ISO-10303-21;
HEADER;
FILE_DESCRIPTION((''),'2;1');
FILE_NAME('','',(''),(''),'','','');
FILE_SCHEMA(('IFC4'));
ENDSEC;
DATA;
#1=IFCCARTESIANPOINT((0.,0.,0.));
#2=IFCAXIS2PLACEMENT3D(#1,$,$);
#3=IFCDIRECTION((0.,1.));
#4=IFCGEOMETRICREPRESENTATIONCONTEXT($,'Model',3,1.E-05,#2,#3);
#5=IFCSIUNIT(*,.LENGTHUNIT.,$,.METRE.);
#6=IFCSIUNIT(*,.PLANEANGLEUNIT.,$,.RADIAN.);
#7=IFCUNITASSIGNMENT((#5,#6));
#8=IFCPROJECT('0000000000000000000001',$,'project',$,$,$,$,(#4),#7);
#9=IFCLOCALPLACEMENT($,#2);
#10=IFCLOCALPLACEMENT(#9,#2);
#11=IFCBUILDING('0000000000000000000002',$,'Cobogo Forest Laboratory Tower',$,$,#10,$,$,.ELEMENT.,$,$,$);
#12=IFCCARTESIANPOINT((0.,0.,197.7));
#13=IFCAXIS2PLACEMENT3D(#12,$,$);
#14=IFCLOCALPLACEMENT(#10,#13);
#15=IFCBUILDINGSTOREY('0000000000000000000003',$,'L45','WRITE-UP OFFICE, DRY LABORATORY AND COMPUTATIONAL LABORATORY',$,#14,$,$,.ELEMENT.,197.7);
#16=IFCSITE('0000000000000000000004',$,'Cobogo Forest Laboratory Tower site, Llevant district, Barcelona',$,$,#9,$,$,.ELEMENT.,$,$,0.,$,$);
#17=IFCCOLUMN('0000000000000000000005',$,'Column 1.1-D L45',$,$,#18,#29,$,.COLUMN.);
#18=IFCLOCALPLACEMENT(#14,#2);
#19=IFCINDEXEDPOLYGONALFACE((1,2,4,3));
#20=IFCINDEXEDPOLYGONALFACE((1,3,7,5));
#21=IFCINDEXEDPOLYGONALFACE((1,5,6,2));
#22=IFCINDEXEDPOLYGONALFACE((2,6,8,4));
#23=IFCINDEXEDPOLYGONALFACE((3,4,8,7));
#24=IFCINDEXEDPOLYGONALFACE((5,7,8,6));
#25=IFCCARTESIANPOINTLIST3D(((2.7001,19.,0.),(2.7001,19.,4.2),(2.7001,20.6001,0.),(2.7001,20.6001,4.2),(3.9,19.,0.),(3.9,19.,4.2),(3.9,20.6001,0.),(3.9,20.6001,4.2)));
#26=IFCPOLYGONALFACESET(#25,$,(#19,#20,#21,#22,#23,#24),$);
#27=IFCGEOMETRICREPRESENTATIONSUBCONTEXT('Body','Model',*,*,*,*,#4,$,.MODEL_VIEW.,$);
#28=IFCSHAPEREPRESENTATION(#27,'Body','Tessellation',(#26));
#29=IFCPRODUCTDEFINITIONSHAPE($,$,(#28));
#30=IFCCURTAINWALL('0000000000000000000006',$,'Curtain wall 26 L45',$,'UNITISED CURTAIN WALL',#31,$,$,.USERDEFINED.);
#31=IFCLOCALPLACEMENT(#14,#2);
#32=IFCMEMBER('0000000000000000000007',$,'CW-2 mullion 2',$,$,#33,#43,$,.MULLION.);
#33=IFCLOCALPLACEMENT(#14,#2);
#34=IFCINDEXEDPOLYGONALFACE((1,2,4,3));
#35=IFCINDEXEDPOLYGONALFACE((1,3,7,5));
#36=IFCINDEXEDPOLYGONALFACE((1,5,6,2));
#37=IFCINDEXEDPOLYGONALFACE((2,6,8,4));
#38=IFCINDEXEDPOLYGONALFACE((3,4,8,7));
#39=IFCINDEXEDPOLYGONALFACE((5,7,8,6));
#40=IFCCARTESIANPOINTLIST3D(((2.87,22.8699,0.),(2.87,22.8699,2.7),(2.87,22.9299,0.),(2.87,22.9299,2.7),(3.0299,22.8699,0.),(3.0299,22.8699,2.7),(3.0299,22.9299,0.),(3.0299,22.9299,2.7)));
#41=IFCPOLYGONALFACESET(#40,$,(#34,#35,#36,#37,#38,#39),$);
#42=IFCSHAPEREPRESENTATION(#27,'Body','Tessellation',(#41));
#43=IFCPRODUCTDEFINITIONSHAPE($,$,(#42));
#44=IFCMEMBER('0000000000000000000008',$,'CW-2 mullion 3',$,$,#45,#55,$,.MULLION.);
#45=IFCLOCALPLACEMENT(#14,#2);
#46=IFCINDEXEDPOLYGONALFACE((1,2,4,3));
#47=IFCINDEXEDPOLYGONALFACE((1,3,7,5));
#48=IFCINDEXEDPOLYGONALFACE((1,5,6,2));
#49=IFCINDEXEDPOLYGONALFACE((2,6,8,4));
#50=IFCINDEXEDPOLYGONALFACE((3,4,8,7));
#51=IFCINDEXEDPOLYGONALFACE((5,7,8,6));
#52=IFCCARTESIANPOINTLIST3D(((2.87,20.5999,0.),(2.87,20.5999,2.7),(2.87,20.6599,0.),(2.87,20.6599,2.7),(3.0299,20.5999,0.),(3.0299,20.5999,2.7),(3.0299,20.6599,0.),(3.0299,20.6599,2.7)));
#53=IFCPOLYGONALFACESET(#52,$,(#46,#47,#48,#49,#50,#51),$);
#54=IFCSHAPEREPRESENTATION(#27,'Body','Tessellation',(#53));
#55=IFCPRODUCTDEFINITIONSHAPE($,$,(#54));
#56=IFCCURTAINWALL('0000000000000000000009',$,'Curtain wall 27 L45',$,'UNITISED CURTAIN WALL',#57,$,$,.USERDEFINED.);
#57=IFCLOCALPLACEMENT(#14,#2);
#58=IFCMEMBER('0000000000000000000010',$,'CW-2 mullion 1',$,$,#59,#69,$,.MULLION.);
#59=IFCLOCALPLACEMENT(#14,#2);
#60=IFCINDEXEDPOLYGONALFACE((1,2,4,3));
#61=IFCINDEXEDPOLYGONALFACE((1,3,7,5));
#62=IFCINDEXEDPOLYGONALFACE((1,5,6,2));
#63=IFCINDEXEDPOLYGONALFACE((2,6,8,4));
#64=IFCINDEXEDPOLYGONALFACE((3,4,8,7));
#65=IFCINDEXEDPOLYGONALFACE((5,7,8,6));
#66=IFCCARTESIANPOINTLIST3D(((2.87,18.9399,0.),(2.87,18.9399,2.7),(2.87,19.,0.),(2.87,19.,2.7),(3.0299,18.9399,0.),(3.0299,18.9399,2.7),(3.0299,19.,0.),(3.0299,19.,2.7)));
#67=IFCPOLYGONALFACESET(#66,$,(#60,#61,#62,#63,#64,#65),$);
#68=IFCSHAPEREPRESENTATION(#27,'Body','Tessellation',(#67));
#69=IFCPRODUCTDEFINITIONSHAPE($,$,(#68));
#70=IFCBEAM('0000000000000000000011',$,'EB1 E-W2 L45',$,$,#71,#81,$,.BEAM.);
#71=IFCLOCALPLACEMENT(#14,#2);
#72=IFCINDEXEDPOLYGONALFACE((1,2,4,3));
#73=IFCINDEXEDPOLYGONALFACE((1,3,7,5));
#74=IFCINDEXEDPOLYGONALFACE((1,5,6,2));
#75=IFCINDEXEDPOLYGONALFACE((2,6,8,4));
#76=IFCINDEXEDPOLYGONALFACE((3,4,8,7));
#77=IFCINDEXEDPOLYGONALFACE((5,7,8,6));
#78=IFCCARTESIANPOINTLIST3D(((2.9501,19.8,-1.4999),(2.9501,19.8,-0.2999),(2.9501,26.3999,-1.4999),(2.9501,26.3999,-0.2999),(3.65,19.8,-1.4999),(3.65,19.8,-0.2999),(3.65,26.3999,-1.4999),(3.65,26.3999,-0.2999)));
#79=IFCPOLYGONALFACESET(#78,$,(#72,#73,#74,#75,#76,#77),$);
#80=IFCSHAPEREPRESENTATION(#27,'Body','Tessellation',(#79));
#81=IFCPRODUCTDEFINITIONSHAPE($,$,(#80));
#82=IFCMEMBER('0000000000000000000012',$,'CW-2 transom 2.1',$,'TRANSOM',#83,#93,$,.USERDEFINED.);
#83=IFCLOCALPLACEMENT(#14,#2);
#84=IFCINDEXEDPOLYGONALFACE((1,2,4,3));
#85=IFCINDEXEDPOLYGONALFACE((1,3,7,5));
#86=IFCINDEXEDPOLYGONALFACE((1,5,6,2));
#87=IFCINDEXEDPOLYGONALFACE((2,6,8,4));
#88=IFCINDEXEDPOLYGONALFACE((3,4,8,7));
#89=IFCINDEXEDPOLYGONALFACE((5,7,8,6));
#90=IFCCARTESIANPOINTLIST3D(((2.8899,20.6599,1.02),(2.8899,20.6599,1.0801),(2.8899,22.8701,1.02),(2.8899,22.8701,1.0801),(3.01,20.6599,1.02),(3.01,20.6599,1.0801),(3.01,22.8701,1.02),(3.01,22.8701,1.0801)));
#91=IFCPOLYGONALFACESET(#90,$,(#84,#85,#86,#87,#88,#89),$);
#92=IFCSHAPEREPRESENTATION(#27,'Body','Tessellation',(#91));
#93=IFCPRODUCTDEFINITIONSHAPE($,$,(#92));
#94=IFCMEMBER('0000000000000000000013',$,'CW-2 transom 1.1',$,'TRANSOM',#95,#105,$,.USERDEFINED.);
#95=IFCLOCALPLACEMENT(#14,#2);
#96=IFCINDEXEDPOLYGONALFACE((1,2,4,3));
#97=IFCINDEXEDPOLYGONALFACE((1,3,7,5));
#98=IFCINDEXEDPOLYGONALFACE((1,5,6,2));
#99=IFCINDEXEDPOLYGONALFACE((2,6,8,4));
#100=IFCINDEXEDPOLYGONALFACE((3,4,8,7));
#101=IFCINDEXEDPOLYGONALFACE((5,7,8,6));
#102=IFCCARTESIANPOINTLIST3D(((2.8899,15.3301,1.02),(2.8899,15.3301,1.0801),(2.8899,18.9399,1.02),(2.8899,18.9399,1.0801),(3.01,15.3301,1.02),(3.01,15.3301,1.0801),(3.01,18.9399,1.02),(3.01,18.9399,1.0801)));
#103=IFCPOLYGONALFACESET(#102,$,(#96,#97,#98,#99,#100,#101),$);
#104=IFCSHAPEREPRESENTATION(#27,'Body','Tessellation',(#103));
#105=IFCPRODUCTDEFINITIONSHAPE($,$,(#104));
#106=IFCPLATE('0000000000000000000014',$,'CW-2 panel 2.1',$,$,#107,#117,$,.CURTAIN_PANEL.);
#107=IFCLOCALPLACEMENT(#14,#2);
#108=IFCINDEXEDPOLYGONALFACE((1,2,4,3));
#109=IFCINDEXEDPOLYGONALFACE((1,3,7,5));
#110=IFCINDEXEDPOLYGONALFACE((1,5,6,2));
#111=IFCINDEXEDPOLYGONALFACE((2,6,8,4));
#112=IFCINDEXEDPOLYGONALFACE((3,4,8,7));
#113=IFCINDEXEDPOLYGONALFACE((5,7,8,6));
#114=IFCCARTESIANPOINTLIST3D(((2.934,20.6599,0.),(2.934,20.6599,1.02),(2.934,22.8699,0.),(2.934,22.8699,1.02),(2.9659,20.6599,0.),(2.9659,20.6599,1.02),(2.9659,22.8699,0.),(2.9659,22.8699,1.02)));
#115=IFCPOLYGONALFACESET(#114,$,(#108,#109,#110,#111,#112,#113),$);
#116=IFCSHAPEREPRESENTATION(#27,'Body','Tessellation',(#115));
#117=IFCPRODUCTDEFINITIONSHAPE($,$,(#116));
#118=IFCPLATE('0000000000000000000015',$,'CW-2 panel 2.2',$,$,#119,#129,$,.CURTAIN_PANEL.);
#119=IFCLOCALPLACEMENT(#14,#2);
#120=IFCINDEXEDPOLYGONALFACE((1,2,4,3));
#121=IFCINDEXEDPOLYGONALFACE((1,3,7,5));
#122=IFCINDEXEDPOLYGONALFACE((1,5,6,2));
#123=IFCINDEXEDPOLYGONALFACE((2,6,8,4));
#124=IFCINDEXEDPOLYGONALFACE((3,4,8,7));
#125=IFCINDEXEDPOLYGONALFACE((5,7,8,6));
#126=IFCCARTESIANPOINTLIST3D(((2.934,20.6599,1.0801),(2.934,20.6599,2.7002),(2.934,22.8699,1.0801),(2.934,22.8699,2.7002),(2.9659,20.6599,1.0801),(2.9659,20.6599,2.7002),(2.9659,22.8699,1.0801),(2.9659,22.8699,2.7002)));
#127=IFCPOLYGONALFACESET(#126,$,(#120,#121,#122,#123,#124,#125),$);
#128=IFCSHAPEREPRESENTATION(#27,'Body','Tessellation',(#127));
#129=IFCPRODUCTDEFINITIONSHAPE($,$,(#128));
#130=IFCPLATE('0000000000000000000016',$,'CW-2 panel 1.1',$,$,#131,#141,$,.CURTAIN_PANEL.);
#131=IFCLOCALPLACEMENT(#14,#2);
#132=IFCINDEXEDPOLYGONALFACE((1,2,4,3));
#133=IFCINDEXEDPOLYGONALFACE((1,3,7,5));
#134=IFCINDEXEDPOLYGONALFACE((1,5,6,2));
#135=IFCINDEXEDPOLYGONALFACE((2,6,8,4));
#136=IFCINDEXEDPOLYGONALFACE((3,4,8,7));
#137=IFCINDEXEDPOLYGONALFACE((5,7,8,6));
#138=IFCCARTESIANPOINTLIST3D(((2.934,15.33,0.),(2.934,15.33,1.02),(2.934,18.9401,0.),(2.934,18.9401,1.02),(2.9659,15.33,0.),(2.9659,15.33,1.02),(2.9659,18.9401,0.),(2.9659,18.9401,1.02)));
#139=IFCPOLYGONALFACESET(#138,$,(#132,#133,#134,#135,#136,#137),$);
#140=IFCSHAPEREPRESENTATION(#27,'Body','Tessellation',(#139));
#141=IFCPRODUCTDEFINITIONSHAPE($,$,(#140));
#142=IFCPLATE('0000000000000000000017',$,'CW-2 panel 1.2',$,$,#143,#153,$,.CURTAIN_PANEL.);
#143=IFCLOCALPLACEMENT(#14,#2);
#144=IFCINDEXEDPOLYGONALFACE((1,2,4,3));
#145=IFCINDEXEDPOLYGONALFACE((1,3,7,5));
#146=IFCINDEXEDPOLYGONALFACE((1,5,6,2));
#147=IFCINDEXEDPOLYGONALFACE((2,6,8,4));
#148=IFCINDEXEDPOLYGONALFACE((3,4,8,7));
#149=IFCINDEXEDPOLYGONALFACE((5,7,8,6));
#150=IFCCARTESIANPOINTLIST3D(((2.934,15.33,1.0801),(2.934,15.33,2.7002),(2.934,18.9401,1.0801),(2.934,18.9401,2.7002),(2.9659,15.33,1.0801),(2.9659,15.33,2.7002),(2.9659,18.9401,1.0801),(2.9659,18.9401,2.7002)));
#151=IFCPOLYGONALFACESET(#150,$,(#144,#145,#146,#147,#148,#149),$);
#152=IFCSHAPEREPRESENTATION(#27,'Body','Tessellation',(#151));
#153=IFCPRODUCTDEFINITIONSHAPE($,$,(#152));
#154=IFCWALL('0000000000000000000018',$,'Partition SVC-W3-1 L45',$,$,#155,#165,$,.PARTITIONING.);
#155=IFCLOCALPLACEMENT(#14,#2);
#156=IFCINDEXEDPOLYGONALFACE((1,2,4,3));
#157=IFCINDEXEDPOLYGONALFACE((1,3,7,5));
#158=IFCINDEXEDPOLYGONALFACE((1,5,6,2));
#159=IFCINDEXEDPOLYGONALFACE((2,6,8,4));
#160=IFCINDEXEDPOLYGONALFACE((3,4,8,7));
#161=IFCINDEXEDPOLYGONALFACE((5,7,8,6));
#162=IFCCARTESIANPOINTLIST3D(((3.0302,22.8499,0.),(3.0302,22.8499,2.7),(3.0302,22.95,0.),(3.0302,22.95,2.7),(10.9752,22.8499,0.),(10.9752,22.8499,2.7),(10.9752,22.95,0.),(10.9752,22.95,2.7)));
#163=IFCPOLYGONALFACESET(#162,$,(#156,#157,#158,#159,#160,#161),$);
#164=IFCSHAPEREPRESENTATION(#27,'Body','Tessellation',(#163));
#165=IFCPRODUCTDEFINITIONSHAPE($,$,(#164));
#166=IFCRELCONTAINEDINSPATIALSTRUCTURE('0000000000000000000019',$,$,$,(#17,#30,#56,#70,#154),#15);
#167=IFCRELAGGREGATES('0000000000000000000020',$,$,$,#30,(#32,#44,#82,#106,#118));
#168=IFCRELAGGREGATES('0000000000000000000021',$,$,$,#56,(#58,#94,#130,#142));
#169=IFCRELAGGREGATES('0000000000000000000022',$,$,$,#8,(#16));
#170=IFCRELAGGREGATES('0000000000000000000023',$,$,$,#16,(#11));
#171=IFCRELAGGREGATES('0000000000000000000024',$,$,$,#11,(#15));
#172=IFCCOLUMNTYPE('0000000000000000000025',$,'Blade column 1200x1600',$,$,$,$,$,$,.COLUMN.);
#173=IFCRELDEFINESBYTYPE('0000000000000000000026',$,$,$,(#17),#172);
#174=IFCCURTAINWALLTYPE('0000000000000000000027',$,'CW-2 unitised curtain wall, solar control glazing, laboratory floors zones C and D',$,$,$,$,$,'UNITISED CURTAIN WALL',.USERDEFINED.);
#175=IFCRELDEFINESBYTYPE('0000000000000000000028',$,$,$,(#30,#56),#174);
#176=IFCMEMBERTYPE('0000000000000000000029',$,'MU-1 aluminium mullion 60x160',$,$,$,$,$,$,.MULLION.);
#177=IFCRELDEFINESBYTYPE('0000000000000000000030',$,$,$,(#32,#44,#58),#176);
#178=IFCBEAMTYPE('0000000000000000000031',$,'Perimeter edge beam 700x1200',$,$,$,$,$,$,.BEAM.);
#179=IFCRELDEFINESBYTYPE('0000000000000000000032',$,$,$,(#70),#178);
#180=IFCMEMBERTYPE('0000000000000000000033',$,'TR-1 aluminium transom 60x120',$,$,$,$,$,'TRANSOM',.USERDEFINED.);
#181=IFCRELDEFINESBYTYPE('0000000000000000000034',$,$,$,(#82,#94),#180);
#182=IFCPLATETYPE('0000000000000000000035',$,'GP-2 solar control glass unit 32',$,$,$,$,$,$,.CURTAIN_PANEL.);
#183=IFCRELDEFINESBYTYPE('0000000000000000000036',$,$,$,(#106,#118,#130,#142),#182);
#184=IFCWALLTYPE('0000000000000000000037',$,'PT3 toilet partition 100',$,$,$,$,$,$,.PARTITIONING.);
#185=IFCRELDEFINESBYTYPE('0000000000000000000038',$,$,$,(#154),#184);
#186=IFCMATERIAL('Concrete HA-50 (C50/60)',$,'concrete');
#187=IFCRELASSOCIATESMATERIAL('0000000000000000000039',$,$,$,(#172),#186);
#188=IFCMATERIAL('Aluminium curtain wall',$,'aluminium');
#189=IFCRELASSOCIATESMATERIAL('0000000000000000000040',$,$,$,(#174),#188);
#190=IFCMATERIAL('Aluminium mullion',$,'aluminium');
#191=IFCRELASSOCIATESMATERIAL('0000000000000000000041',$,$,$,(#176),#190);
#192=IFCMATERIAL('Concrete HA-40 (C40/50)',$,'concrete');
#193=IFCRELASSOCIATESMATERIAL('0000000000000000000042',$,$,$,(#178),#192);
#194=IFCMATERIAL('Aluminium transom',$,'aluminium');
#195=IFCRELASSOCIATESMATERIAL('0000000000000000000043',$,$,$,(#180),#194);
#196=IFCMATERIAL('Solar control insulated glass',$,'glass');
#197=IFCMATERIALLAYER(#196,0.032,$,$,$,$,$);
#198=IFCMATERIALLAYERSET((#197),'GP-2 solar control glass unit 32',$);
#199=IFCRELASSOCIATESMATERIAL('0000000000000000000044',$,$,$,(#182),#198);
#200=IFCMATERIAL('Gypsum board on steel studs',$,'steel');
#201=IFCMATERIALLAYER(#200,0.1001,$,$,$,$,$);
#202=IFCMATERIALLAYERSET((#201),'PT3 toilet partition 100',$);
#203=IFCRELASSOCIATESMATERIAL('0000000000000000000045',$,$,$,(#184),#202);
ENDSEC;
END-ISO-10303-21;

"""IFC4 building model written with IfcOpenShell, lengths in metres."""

from ifc_helpers import new_model, si_unit, direction, frame, frame_2d, origin, origin_2d, place, context, subcontext, project, spatial, rectangle, extrude, material, layer, layer_set, material_profile, profile_set, type_object, element, aggregate, save


model = new_model("IFC4")

# Units and contexts
model_context = context("Model", 3, precision=1e-05, world=origin(), true_north=direction((0.0, 1.0)))
body_context = subcontext(model_context, "Body", "Model", "MODEL_VIEW")
ifc_project = project(units=[si_unit("LENGTHUNIT", "METRE"), si_unit("PLANEANGLEUNIT", "RADIAN")], contexts=[model_context])

# Site, building, storey
site_placement = place(None, origin())
site = spatial("IfcSite", under=ifc_project, at=site_placement, Name="Cobogo Forest Laboratory Tower site, Llevant district, Barcelona", CompositionType="ELEMENT", RefElevation=0.0)
building_placement = place(site_placement, origin())
building = spatial("IfcBuilding", under=site, at=building_placement, Name="Cobogo Forest Laboratory Tower", CompositionType="ELEMENT")
storey_placement = place(building_placement, frame((0.0, 0.0, 197.7)))
storey = spatial("IfcBuildingStorey", under=building, at=storey_placement, Name="L45", Description="WRITE-UP OFFICE, DRY LABORATORY AND COMPUTATIONAL LABORATORY", CompositionType="ELEMENT", Elevation=197.7)

# Column
ifc_material_1 = material(Name="Concrete HA-50 (C50/60)", Category="concrete")
ifc_material_profile_1 = material_profile(ifc_material_1, rectangle(XDim=1.6001, YDim=1.2, at=origin_2d()), Name="RC 1200x1600")
ifc_profile_set_1 = profile_set([ifc_material_profile_1], Name="Concrete HA-50 (C50/60)")
column_type = type_object("IfcColumnType", Name="Blade column 1200x1600", PredefinedType="COLUMN", material=ifc_profile_set_1)
column_placement = place(storey_placement, frame((3.3, 19.8, 0.0), z_axis=(0.0, 0.0, 1.0), x_axis=(0.0, 1.0, 0.0)))
element("IfcColumn", 1, at=column_placement, inside=storey, type_object=column_type, Name="Column 1.1-D L45", PredefinedType="COLUMN", context=body_context, shape_type="SweptSolid", body=[
    extrude(rectangle(XDim=1.6001, YDim=1.2, at=origin_2d()), origin(), (0.0, 0.0, 1.0), 4.2),
])

# Curtain wall, members
ifc_material_2 = material(Name="Aluminium curtain wall", Category="aluminium")
curtain_wall_type = type_object("IfcCurtainWallType", Name="CW-2 unitised curtain wall, solar control glazing, laboratory floors zones C and D", ElementType="UNITISED CURTAIN WALL", PredefinedType="USERDEFINED", material=ifc_material_2)
curtain_wall_1_placement = place(storey_placement, origin())
curtain_wall_1 = element("IfcCurtainWall", 2, at=curtain_wall_1_placement, inside=storey, type_object=curtain_wall_type, Name="Curtain wall 26 L45", ObjectType="UNITISED CURTAIN WALL", PredefinedType="USERDEFINED")
ifc_material_3 = material(Name="Aluminium mullion", Category="aluminium")
ifc_material_profile_2 = material_profile(ifc_material_3, rectangle(XDim=0.0601, YDim=0.1599, at=origin_2d()), Name="AL 60x160")
ifc_profile_set_2 = profile_set([ifc_material_profile_2], Name="Aluminium mullion")
member_type_1 = type_object("IfcMemberType", Name="MU-1 aluminium mullion 60x160", PredefinedType="MULLION", material=ifc_profile_set_2)
member_1_placement = place(storey_placement, frame((2.95, 22.8999, 0.0), z_axis=(0.0, 0.0, 1.0), x_axis=(0.0, -1.0, 0.0)))
member_1 = element("IfcMember", 3, at=member_1_placement, type_object=member_type_1, Name="CW-2 mullion 2", PredefinedType="MULLION", context=body_context, shape_type="SweptSolid", body=[
    extrude(rectangle(XDim=0.0601, YDim=0.1599, at=origin_2d()), origin(), (0.0, 0.0, 1.0), 2.7),
])
member_2_placement = place(storey_placement, frame((2.95, 20.6299, 0.0), z_axis=(0.0, 0.0, 1.0), x_axis=(0.0, -1.0, 0.0)))
member_2 = element("IfcMember", 4, at=member_2_placement, type_object=member_type_1, Name="CW-2 mullion 3", PredefinedType="MULLION", context=body_context, shape_type="SweptSolid", body=[
    extrude(rectangle(XDim=0.0601, YDim=0.1599, at=origin_2d()), origin(), (0.0, 0.0, 1.0), 2.7),
])

# Curtain wall, member
curtain_wall_2_placement = place(storey_placement, origin())
curtain_wall_2 = element("IfcCurtainWall", 5, at=curtain_wall_2_placement, inside=storey, type_object=curtain_wall_type, Name="Curtain wall 27 L45", ObjectType="UNITISED CURTAIN WALL", PredefinedType="USERDEFINED")
member_3_placement = place(storey_placement, frame((2.95, 18.97, 0.0), z_axis=(0.0, 0.0, 1.0), x_axis=(0.0, -1.0, 0.0)))
member_3 = element("IfcMember", 6, at=member_3_placement, type_object=member_type_1, Name="CW-2 mullion 1", PredefinedType="MULLION", context=body_context, shape_type="SweptSolid", body=[
    extrude(rectangle(XDim=0.0601, YDim=0.1599, at=origin_2d()), origin(), (0.0, 0.0, 1.0), 2.7),
])

# Beam
ifc_material_4 = material(Name="Concrete HA-40 (C40/50)", Category="concrete")
ifc_material_profile_3 = material_profile(ifc_material_4, rectangle(XDim=0.7, YDim=1.2, at=origin_2d()), Name="RC 700x1200")
ifc_profile_set_3 = profile_set([ifc_material_profile_3], Name="Concrete HA-40 (C40/50)")
beam_type = type_object("IfcBeamType", Name="Perimeter edge beam 700x1200", PredefinedType="BEAM", material=ifc_profile_set_3)
beam_placement = place(storey_placement, frame((3.3, 19.8, -0.8999), z_axis=(0.0, 1.0, 0.0), x_axis=(-1.0, 0.0, 0.0)))
element("IfcBeam", 7, at=beam_placement, inside=storey, type_object=beam_type, Name="EB1 E-W2 L45", PredefinedType="BEAM", context=body_context, shape_type="SweptSolid", body=[
    extrude(rectangle(XDim=0.7, YDim=1.2, at=origin_2d()), origin(), (0.0, 0.0, 1.0), 6.5999),
])

# Members
ifc_material_5 = material(Name="Aluminium transom", Category="aluminium")
ifc_material_profile_4 = material_profile(ifc_material_5, rectangle(XDim=0.1201, YDim=0.0601, at=origin_2d()), Name="AL 60x120")
ifc_profile_set_4 = profile_set([ifc_material_profile_4], Name="Aluminium transom")
member_type_2 = type_object("IfcMemberType", Name="TR-1 aluminium transom 60x120", ElementType="TRANSOM", PredefinedType="USERDEFINED", material=ifc_profile_set_4)
member_4_placement = place(storey_placement, frame((2.95, 22.8701, 1.05), z_axis=(0.0, -1.0, 0.0), x_axis=(1.0, 0.0, 0.0)))
member_4 = element("IfcMember", 8, at=member_4_placement, type_object=member_type_2, Name="CW-2 transom 2.1", ObjectType="TRANSOM", PredefinedType="USERDEFINED", context=body_context, shape_type="SweptSolid", body=[
    extrude(rectangle(XDim=0.1201, YDim=0.0601, at=origin_2d()), origin(), (0.0, 0.0, 1.0), 2.2102),
])
member_5_placement = place(storey_placement, frame((2.95, 18.9399, 1.05), z_axis=(0.0, -1.0, 0.0), x_axis=(1.0, 0.0, 0.0)))
member_5 = element("IfcMember", 9, at=member_5_placement, type_object=member_type_2, Name="CW-2 transom 1.1", ObjectType="TRANSOM", PredefinedType="USERDEFINED", context=body_context, shape_type="SweptSolid", body=[
    extrude(rectangle(XDim=0.1201, YDim=0.0601, at=origin_2d()), origin(), (0.0, 0.0, 1.0), 3.6099),
])

# Plates
ifc_material_6 = material(Name="Solar control insulated glass", Category="glass")
ifc_layer_1 = layer(ifc_material_6, 0.032)
ifc_layer_set_1 = layer_set([ifc_layer_1], Name="GP-2 solar control glass unit 32")
plate_type_1 = type_object("IfcPlateType", Name="GP-2 solar control glass unit 32", PredefinedType="CURTAIN_PANEL", material=ifc_layer_set_1)
plate_1_placement = place(storey_placement, frame((2.95, 21.7649, 0.0), z_axis=(0.0, 0.0, 1.0), x_axis=(0.0, -1.0, 0.0)))
plate_1 = element("IfcPlate", 10, at=plate_1_placement, type_object=plate_type_1, Name="CW-2 panel 2.1", PredefinedType="CURTAIN_PANEL", context=body_context, shape_type="SweptSolid", body=[
    extrude(rectangle(XDim=2.21, YDim=0.032, at=origin_2d()), origin(), (0.0, 0.0, 1.0), 1.02),
])
plate_2_placement = place(storey_placement, frame((2.95, 21.7649, 1.0801), z_axis=(0.0, 0.0, 1.0), x_axis=(0.0, -1.0, 0.0)))
plate_2 = element("IfcPlate", 11, at=plate_2_placement, type_object=plate_type_1, Name="CW-2 panel 2.2", PredefinedType="CURTAIN_PANEL", context=body_context, shape_type="SweptSolid", body=[
    extrude(rectangle(XDim=2.21, YDim=0.032, at=origin_2d()), origin(), (0.0, 0.0, 1.0), 1.6201),
])
aggregate(curtain_wall_1, [member_1, member_2, member_4, plate_1, plate_2])
plate_3_placement = place(storey_placement, frame((2.95, 17.135, 0.0), z_axis=(0.0, 0.0, 1.0), x_axis=(0.0, -1.0, 0.0)))
plate_3 = element("IfcPlate", 12, at=plate_3_placement, type_object=plate_type_1, Name="CW-2 panel 1.1", PredefinedType="CURTAIN_PANEL", context=body_context, shape_type="SweptSolid", body=[
    extrude(rectangle(XDim=3.6101, YDim=0.032, at=origin_2d()), origin(), (0.0, 0.0, 1.0), 1.02),
])
plate_4_placement = place(storey_placement, frame((2.95, 17.135, 1.0801), z_axis=(0.0, 0.0, 1.0), x_axis=(0.0, -1.0, 0.0)))
plate_4 = element("IfcPlate", 13, at=plate_4_placement, type_object=plate_type_1, Name="CW-2 panel 1.2", PredefinedType="CURTAIN_PANEL", context=body_context, shape_type="SweptSolid", body=[
    extrude(rectangle(XDim=3.6101, YDim=0.032, at=origin_2d()), origin(), (0.0, 0.0, 1.0), 1.6201),
])
aggregate(curtain_wall_2, [member_3, member_5, plate_3, plate_4])

# Wall
ifc_material_7 = material(Name="Gypsum board on steel studs", Category="steel")
ifc_layer_2 = layer(ifc_material_7, 0.1001)
ifc_layer_set_2 = layer_set([ifc_layer_2], Name="PT3 toilet partition 100")
wall_type = type_object("IfcWallType", Name="PT3 toilet partition 100", PredefinedType="PARTITIONING", material=ifc_layer_set_2)
wall_placement = place(storey_placement, frame((3.03, 22.8999, 0.0), z_axis=(0.0, 0.0, 1.0), x_axis=(1.0, 0.0, 0.0)))
element("IfcWall", 14, at=wall_placement, inside=storey, type_object=wall_type, Name="Partition SVC-W3-1 L45", PredefinedType="PARTITIONING", context=body_context, shape_type="SweptSolid", body=[
    extrude(rectangle(XDim=7.9451, YDim=0.1001, at=frame_2d((3.9727, 0.0))), origin(), (0.0, 0.0, 1.0), 2.7),
])

save(model, "model.ifc")
